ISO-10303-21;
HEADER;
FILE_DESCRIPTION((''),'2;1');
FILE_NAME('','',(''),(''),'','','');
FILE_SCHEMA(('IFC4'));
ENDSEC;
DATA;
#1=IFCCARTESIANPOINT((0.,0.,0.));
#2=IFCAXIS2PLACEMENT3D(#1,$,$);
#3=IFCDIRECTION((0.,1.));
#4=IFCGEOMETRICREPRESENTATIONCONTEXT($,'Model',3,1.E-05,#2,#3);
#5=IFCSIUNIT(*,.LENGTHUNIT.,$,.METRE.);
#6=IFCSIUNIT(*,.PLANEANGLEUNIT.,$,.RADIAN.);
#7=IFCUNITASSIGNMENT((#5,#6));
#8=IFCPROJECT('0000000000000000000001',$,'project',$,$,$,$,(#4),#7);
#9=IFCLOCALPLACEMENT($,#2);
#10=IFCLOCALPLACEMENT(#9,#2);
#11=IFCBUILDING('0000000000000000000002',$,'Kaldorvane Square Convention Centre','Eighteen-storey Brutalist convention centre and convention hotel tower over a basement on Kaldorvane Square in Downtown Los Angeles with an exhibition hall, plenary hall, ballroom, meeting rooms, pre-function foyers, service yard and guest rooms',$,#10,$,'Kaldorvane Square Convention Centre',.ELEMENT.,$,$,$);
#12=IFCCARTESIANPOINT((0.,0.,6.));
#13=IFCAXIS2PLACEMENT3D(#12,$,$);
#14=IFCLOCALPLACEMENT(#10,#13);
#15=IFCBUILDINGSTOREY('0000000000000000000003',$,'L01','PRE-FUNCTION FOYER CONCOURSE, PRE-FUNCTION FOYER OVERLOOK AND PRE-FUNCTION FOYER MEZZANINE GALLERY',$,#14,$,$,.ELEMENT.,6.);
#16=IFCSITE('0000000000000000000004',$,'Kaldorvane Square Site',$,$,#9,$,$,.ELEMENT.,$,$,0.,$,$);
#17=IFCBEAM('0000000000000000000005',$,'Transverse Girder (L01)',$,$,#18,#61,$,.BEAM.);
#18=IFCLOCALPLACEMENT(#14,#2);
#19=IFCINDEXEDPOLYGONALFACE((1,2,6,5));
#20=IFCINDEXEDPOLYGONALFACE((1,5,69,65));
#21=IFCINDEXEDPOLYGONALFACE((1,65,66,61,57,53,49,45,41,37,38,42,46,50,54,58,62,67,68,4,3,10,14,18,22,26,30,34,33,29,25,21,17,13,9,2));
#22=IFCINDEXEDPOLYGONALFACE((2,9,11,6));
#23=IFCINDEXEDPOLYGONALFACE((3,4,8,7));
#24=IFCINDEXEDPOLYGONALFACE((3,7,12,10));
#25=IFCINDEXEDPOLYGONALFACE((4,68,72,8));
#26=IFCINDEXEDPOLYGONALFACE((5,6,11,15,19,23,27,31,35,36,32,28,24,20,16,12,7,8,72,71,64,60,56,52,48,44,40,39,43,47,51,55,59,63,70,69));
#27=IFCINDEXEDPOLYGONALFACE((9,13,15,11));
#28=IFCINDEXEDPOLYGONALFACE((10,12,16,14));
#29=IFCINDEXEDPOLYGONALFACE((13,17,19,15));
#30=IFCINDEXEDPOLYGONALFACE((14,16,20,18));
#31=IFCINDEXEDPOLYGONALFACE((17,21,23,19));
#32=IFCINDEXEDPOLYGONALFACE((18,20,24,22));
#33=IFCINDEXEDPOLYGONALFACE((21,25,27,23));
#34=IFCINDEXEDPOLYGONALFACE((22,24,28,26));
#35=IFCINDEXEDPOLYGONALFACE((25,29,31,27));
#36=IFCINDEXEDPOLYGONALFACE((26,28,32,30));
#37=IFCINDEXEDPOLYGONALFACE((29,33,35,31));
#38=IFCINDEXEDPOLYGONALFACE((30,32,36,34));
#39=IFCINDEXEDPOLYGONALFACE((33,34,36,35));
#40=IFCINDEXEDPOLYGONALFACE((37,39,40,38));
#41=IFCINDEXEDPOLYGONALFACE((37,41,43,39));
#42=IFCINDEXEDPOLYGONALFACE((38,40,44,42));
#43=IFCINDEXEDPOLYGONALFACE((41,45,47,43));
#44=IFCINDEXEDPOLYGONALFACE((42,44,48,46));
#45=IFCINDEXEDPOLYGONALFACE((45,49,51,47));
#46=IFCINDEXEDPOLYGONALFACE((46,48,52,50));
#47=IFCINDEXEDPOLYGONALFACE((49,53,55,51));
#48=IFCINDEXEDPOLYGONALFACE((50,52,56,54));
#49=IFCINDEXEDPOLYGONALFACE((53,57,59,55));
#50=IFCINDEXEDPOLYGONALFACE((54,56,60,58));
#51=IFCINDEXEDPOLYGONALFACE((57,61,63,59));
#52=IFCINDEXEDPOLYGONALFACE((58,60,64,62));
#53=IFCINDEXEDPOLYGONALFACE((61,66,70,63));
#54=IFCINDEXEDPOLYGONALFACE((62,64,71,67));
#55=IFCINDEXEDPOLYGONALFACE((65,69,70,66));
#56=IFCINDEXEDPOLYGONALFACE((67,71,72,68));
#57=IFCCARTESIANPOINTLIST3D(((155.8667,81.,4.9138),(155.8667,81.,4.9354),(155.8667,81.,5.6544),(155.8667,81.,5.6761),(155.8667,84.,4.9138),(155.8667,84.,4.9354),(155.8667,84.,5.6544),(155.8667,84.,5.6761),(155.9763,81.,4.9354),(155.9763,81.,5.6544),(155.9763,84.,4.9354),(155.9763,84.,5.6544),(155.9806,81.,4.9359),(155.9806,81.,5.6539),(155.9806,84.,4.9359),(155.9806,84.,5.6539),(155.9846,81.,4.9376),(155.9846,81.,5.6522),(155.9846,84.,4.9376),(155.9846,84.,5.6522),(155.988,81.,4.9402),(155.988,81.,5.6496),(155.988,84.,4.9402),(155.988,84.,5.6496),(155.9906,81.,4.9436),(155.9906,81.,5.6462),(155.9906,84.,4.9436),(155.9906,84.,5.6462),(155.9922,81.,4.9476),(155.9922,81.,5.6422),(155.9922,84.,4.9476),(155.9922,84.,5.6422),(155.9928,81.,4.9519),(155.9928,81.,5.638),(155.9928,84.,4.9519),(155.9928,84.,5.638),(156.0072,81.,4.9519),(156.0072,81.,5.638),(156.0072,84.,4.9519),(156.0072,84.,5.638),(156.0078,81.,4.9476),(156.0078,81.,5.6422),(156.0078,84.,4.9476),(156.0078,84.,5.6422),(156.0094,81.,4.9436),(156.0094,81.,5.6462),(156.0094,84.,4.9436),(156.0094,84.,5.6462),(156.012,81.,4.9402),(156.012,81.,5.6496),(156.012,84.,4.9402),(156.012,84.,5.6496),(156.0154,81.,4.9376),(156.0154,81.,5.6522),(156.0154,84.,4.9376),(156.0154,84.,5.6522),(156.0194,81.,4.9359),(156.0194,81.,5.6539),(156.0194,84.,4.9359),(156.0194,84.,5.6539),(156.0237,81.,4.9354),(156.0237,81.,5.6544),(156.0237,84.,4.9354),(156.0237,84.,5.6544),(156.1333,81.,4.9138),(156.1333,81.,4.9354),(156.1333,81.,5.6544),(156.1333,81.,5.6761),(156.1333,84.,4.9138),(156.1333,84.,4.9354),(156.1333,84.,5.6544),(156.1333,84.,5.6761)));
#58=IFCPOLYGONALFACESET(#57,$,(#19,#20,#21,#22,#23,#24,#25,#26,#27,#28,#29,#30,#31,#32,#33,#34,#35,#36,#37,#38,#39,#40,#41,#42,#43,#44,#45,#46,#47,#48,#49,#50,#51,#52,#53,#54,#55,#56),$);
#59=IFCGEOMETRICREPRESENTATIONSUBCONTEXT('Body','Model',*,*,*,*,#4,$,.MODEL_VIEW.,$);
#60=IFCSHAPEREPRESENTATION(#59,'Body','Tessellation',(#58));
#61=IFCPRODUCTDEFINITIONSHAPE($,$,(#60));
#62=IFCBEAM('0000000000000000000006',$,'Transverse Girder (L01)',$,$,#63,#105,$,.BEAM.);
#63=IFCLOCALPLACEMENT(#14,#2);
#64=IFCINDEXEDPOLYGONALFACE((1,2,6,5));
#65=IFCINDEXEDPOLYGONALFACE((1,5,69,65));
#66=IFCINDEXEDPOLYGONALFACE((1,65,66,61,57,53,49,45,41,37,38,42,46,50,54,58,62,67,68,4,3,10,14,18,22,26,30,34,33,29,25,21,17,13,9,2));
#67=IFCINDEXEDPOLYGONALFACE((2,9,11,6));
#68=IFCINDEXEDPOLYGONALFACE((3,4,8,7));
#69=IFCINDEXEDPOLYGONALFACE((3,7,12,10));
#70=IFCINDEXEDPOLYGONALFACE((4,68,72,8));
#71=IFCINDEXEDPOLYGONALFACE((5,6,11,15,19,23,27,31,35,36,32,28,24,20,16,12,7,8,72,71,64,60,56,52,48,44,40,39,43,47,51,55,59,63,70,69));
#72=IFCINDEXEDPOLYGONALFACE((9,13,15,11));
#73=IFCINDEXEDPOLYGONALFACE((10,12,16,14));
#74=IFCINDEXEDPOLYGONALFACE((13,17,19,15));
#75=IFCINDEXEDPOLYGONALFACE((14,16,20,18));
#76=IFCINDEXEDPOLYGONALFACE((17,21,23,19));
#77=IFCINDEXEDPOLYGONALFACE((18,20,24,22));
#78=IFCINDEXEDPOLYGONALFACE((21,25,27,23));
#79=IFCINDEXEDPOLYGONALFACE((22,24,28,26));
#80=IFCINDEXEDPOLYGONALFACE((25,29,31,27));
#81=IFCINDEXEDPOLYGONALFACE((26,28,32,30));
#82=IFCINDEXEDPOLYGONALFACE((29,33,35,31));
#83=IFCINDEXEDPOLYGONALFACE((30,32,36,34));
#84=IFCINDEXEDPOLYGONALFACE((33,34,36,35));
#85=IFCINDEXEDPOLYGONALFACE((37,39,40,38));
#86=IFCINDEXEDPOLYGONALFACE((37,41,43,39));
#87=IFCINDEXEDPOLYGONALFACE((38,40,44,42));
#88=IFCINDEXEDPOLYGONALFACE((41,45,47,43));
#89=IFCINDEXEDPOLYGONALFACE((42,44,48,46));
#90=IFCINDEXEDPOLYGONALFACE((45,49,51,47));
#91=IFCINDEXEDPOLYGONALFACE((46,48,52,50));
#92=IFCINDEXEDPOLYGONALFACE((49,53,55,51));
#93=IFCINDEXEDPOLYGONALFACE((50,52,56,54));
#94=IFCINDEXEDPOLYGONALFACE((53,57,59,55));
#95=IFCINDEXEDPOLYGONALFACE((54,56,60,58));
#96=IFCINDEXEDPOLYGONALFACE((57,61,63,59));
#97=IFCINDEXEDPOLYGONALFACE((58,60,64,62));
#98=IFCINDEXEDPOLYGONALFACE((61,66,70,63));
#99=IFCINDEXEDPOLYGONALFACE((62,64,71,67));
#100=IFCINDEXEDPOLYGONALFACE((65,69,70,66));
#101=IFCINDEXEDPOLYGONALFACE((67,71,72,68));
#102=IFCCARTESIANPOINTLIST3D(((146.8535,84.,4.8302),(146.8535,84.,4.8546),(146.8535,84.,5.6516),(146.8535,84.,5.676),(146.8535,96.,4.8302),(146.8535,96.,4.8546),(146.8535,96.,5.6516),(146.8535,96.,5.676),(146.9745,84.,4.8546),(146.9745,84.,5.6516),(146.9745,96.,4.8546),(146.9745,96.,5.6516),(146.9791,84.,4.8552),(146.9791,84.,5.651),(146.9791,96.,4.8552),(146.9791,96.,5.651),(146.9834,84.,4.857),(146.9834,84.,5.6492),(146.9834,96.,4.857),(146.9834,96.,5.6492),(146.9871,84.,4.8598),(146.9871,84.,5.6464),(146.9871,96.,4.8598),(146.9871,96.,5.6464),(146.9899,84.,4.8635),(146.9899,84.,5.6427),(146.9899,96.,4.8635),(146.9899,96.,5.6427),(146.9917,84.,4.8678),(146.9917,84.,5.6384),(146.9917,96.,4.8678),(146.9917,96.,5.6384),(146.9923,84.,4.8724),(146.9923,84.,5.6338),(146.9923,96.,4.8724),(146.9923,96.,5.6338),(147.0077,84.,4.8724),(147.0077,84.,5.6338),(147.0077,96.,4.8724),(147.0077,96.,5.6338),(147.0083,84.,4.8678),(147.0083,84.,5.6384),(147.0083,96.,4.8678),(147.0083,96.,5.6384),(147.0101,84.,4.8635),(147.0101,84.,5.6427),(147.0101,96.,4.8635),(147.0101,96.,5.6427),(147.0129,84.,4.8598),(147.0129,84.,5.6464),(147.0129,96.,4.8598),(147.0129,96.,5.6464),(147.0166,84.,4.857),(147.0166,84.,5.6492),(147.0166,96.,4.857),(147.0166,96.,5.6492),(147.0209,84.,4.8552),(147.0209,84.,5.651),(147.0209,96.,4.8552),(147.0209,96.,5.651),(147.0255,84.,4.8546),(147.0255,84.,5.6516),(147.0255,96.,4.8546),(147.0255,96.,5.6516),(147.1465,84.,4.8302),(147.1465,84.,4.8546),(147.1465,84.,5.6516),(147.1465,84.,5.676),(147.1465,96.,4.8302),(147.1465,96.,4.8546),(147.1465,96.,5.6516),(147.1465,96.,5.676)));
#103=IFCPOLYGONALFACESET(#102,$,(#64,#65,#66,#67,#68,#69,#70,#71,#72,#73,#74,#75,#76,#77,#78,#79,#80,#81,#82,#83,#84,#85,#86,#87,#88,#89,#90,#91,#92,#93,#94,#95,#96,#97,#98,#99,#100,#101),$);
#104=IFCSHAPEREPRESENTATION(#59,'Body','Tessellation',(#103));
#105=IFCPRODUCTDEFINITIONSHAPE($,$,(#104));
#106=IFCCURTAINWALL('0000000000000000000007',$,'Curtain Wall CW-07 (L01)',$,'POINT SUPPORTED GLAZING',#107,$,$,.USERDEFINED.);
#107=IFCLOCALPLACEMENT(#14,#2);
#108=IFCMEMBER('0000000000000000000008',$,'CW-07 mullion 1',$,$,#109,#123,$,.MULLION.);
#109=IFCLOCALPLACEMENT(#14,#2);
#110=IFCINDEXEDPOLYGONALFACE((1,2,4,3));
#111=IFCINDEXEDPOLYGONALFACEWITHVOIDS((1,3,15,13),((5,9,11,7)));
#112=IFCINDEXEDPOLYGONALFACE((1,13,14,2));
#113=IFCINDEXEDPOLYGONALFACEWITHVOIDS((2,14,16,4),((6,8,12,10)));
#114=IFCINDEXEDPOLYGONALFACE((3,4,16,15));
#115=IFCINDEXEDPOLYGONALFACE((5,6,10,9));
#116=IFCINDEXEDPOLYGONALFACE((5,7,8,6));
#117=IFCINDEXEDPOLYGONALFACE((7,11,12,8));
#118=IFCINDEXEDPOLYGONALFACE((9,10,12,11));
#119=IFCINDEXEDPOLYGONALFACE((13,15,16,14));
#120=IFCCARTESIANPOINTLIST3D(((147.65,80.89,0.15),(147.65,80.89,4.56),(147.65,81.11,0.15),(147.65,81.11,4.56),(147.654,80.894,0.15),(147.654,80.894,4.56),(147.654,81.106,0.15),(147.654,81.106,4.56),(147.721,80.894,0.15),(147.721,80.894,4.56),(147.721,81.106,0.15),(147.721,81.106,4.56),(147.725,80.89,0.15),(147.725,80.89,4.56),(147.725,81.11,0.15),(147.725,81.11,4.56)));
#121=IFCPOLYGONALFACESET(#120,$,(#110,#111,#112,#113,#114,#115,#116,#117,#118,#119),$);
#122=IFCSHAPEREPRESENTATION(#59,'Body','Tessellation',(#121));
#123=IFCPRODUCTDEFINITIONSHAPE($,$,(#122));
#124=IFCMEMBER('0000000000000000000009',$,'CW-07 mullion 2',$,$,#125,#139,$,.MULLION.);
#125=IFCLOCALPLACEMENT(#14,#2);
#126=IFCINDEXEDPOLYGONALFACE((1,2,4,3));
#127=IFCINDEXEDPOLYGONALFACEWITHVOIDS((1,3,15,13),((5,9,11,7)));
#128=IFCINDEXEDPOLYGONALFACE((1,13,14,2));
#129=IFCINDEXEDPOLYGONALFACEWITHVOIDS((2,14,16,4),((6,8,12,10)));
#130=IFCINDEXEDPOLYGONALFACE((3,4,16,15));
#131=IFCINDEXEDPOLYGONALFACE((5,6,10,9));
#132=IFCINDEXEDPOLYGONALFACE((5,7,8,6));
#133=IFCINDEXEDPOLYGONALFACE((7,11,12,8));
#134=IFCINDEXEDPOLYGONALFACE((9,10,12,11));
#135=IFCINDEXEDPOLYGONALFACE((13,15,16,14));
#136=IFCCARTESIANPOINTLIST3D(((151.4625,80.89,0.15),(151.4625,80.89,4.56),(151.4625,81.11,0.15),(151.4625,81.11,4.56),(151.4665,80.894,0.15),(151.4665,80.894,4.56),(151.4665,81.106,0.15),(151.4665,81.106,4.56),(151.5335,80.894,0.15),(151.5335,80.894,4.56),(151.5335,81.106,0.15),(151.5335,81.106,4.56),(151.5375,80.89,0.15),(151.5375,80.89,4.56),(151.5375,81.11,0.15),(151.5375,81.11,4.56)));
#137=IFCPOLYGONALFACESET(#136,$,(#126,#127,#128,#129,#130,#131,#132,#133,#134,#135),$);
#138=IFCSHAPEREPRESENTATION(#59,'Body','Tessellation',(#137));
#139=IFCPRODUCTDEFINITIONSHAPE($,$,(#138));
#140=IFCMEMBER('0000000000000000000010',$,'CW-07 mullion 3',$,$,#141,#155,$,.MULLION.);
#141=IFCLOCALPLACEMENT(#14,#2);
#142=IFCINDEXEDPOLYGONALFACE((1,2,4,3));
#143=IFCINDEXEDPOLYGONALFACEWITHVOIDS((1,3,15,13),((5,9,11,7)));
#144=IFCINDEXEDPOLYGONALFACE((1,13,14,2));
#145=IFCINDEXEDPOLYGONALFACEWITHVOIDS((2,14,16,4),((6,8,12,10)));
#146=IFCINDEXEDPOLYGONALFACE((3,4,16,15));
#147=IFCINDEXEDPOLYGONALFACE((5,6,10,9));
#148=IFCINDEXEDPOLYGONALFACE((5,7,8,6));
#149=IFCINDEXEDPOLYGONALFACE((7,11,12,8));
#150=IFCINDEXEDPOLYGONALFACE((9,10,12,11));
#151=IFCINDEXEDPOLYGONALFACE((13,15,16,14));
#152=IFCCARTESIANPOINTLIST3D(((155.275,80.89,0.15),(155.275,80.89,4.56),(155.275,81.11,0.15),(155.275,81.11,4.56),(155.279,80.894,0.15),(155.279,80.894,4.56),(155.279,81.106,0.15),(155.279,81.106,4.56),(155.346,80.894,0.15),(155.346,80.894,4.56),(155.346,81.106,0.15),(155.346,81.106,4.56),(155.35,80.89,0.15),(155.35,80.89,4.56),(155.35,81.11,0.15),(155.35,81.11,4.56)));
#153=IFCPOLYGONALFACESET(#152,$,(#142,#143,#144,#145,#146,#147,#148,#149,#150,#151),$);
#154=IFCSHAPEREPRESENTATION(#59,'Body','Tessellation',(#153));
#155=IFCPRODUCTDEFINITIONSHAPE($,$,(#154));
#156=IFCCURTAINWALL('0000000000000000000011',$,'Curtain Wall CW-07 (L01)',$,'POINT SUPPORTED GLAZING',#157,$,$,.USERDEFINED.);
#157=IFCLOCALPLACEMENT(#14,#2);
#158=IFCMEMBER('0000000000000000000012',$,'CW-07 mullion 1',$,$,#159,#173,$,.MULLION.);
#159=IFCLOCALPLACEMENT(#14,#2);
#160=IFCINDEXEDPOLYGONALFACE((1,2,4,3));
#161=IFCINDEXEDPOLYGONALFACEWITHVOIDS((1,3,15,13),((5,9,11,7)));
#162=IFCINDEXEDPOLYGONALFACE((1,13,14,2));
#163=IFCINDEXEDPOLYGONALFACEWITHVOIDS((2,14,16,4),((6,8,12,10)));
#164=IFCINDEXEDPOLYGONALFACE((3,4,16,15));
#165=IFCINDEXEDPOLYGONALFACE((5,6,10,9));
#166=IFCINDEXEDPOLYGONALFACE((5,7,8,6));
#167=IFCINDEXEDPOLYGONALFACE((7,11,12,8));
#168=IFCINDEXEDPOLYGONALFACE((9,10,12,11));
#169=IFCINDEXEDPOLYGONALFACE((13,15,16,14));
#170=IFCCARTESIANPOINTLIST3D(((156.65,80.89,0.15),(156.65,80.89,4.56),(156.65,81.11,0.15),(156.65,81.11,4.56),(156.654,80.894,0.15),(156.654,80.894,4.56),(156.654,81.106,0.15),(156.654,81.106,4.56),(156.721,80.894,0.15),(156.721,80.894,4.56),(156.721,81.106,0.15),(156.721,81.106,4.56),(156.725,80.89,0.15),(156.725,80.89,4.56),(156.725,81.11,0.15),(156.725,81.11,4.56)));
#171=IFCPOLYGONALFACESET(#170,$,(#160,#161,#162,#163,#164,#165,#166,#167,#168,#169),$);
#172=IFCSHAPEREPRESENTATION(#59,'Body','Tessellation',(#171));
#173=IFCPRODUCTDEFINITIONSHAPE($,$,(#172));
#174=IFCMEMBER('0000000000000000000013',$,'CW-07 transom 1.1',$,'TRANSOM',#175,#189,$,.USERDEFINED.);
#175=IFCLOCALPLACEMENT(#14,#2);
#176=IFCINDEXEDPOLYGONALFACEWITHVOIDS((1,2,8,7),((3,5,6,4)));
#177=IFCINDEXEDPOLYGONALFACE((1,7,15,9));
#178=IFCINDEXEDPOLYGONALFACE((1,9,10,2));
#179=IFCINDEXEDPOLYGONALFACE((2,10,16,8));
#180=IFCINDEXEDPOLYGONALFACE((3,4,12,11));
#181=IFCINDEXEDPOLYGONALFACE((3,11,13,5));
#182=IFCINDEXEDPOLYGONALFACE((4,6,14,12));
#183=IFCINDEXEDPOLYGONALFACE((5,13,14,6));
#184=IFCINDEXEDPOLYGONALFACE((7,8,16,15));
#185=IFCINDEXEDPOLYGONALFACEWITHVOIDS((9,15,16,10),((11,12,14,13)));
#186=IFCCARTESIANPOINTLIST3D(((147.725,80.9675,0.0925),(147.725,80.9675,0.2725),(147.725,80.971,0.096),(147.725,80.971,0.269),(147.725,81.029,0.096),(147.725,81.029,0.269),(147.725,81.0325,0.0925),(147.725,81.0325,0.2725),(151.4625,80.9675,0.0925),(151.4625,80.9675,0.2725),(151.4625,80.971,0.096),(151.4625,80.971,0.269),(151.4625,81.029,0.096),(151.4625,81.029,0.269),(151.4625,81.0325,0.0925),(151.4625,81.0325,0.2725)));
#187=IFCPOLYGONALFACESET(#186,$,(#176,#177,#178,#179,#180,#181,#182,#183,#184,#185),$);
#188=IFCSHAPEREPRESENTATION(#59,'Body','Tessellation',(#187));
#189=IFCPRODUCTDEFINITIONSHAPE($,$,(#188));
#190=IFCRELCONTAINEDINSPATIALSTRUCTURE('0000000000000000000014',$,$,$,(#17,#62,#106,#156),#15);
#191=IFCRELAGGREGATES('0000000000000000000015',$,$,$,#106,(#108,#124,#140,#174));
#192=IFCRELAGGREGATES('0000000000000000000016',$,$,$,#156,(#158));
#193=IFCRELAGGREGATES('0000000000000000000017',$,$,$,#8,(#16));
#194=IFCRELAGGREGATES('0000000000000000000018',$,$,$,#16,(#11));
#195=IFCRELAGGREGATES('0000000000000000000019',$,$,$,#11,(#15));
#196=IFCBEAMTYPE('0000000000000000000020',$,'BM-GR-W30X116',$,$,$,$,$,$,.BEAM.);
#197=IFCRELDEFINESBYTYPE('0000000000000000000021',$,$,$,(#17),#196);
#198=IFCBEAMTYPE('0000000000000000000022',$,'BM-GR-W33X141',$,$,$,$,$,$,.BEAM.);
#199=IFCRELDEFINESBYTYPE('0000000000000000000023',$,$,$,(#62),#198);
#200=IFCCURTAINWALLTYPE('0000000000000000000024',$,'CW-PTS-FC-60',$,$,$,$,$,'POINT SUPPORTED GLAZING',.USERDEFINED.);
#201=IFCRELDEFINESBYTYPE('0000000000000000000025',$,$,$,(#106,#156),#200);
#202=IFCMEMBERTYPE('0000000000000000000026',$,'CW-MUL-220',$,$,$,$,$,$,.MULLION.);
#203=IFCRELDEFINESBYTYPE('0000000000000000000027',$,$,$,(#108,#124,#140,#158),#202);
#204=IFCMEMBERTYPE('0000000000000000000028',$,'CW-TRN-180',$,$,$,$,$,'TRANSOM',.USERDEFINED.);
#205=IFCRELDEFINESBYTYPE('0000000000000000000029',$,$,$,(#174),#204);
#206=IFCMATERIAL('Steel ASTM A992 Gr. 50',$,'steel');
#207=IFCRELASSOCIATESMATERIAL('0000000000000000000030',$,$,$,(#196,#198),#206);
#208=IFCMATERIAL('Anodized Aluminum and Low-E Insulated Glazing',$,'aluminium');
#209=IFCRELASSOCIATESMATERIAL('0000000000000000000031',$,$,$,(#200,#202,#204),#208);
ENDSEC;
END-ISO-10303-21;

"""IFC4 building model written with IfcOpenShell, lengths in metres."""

from ifc_helpers import new_model, si_unit, direction, frame, origin, origin_2d, place, context, subcontext, project, spatial, hollow_rectangle, i_section, extrude, material, material_profile, profile_set, type_object, element, aggregate, save


model = new_model("IFC4")

# Units and contexts
model_context = context("Model", 3, precision=1e-05, world=origin(), true_north=direction((0.0, 1.0)))
body_context = subcontext(model_context, "Body", "Model", "MODEL_VIEW")
ifc_project = project(units=[si_unit("LENGTHUNIT", "METRE"), si_unit("PLANEANGLEUNIT", "RADIAN")], contexts=[model_context])

# Site, building, storey
site_placement = place(None, origin())
site = spatial("IfcSite", under=ifc_project, at=site_placement, Name="Kaldorvane Square Site", CompositionType="ELEMENT", RefElevation=0.0)
building_placement = place(site_placement, origin())
building = spatial("IfcBuilding", under=site, at=building_placement, Name="Kaldorvane Square Convention Centre", Description="Eighteen-storey Brutalist convention centre and convention hotel tower over a basement on Kaldorvane Square in Downtown Los Angeles with an exhibition hall, plenary hall, ballroom, meeting rooms, pre-function foyers, service yard and guest rooms", LongName="Kaldorvane Square Convention Centre", CompositionType="ELEMENT")
storey_placement = place(building_placement, frame((0.0, 0.0, 6.0)))
storey = spatial("IfcBuildingStorey", under=building, at=storey_placement, Name="L01", Description="PRE-FUNCTION FOYER CONCOURSE, PRE-FUNCTION FOYER OVERLOOK AND PRE-FUNCTION FOYER MEZZANINE GALLERY", CompositionType="ELEMENT", Elevation=6.0)

# Shared definitions
ifc_material_1 = material(Name="Steel ASTM A992 Gr. 50", Category="steel")

# Beams
ifc_material_profile_1 = material_profile(ifc_material_1, i_section(OverallWidth=0.2666, OverallDepth=0.7623, WebThickness=0.0144, FlangeThickness=0.0216, FilletRadius=0.0165, at=origin_2d()), Name="W30X116")
ifc_profile_set_1 = profile_set([ifc_material_profile_1], Name="Steel ASTM A992 Gr. 50")
beam_type_1 = type_object("IfcBeamType", Name="BM-GR-W30X116", PredefinedType="BEAM", material=ifc_profile_set_1)
beam_1_placement = place(storey_placement, frame((156.0, 81.0, 5.2949), z_axis=(0.0, 1.0, 0.0), x_axis=(-1.0, 0.0, 0.0)))
element("IfcBeam", 1, at=beam_1_placement, inside=storey, type_object=beam_type_1, Name="Transverse Girder (L01)", PredefinedType="BEAM", context=body_context, shape_type="SweptSolid", body=[
    extrude(i_section(OverallWidth=0.2666, OverallDepth=0.7623, WebThickness=0.0144, FlangeThickness=0.0216, FilletRadius=0.0165, at=origin_2d()), origin(), (0.0, 0.0, 1.0), 3.0),
])
ifc_material_profile_2 = material_profile(ifc_material_1, i_section(OverallWidth=0.293, OverallDepth=0.8458, WebThickness=0.0154, FlangeThickness=0.0244, FilletRadius=0.0178, at=origin_2d()), Name="W33X141")
ifc_profile_set_2 = profile_set([ifc_material_profile_2], Name="Steel ASTM A992 Gr. 50")
beam_type_2 = type_object("IfcBeamType", Name="BM-GR-W33X141", PredefinedType="BEAM", material=ifc_profile_set_2)
beam_2_placement = place(storey_placement, frame((147.0, 84.0, 5.2531), z_axis=(0.0, 1.0, 0.0), x_axis=(-1.0, 0.0, 0.0)))
element("IfcBeam", 2, at=beam_2_placement, inside=storey, type_object=beam_type_2, Name="Transverse Girder (L01)", PredefinedType="BEAM", context=body_context, shape_type="SweptSolid", body=[
    extrude(i_section(OverallWidth=0.293, OverallDepth=0.8458, WebThickness=0.0154, FlangeThickness=0.0244, FilletRadius=0.0178, at=origin_2d()), origin(), (0.0, 0.0, 1.0), 12.0),
])

# Curtain wall, members
ifc_material_2 = material(Name="Anodized Aluminum and Low-E Insulated Glazing", Category="aluminium")
curtain_wall_type = type_object("IfcCurtainWallType", Name="CW-PTS-FC-60", ElementType="POINT SUPPORTED GLAZING", PredefinedType="USERDEFINED", material=ifc_material_2)
curtain_wall_1_placement = place(storey_placement, origin())
curtain_wall_1 = element("IfcCurtainWall", 3, at=curtain_wall_1_placement, inside=storey, type_object=curtain_wall_type, Name="Curtain Wall CW-07 (L01)", ObjectType="POINT SUPPORTED GLAZING", PredefinedType="USERDEFINED")
ifc_material_profile_3 = material_profile(ifc_material_2, hollow_rectangle(XDim=0.075, YDim=0.22, WallThickness=0.004, at=origin_2d()), Name="CWM-220X75")
ifc_profile_set_3 = profile_set([ifc_material_profile_3], Name="Anodized Aluminum and Low-E Insulated Glazing")
member_type_1 = type_object("IfcMemberType", Name="CW-MUL-220", PredefinedType="MULLION", material=ifc_profile_set_3)
member_1_placement = place(storey_placement, frame((147.6875, 81.0, 0.15), z_axis=(0.0, 0.0, 1.0), x_axis=(1.0, 0.0, 0.0)))
member_1 = element("IfcMember", 4, at=member_1_placement, type_object=member_type_1, Name="CW-07 mullion 1", PredefinedType="MULLION", context=body_context, shape_type="SweptSolid", body=[
    extrude(hollow_rectangle(XDim=0.075, YDim=0.22, WallThickness=0.004, at=origin_2d()), origin(), (0.0, 0.0, 1.0), 4.41),
])
member_2_placement = place(storey_placement, frame((151.5, 81.0, 0.15), z_axis=(0.0, 0.0, 1.0), x_axis=(1.0, 0.0, 0.0)))
member_2 = element("IfcMember", 5, at=member_2_placement, type_object=member_type_1, Name="CW-07 mullion 2", PredefinedType="MULLION", context=body_context, shape_type="SweptSolid", body=[
    extrude(hollow_rectangle(XDim=0.075, YDim=0.22, WallThickness=0.004, at=origin_2d()), origin(), (0.0, 0.0, 1.0), 4.41),
])
member_3_placement = place(storey_placement, frame((155.3125, 81.0, 0.15), z_axis=(0.0, 0.0, 1.0), x_axis=(1.0, 0.0, 0.0)))
member_3 = element("IfcMember", 6, at=member_3_placement, type_object=member_type_1, Name="CW-07 mullion 3", PredefinedType="MULLION", context=body_context, shape_type="SweptSolid", body=[
    extrude(hollow_rectangle(XDim=0.075, YDim=0.22, WallThickness=0.004, at=origin_2d()), origin(), (0.0, 0.0, 1.0), 4.41),
])

# Curtain wall, member
curtain_wall_2_placement = place(storey_placement, origin())
curtain_wall_2 = element("IfcCurtainWall", 7, at=curtain_wall_2_placement, inside=storey, type_object=curtain_wall_type, Name="Curtain Wall CW-07 (L01)", ObjectType="POINT SUPPORTED GLAZING", PredefinedType="USERDEFINED")
member_4_placement = place(storey_placement, frame((156.6875, 81.0, 0.15), z_axis=(0.0, 0.0, 1.0), x_axis=(1.0, 0.0, 0.0)))
member_4 = element("IfcMember", 8, at=member_4_placement, type_object=member_type_1, Name="CW-07 mullion 1", PredefinedType="MULLION", context=body_context, shape_type="SweptSolid", body=[
    extrude(hollow_rectangle(XDim=0.075, YDim=0.22, WallThickness=0.004, at=origin_2d()), origin(), (0.0, 0.0, 1.0), 4.41),
])

# Member
ifc_material_profile_4 = material_profile(ifc_material_2, hollow_rectangle(XDim=0.065, YDim=0.18, WallThickness=0.0035, at=origin_2d()), Name="CWT-180X65")
ifc_profile_set_4 = profile_set([ifc_material_profile_4], Name="Anodized Aluminum and Low-E Insulated Glazing")
member_type_2 = type_object("IfcMemberType", Name="CW-TRN-180", ElementType="TRANSOM", PredefinedType="USERDEFINED", material=ifc_profile_set_4)
member_5_placement = place(storey_placement, frame((147.725, 81.0, 0.1825), z_axis=(1.0, 0.0, 0.0), x_axis=(0.0, 1.0, 0.0)))
member_5 = element("IfcMember", 9, at=member_5_placement, type_object=member_type_2, Name="CW-07 transom 1.1", ObjectType="TRANSOM", PredefinedType="USERDEFINED", context=body_context, shape_type="SweptSolid", body=[
    extrude(hollow_rectangle(XDim=0.065, YDim=0.18, WallThickness=0.0035, at=origin_2d()), origin(), (0.0, 0.0, 1.0), 3.7375),
])

aggregate(curtain_wall_1, [member_1, member_2, member_3, member_5])
aggregate(curtain_wall_2, [member_4])

save(model, "model.ifc")
